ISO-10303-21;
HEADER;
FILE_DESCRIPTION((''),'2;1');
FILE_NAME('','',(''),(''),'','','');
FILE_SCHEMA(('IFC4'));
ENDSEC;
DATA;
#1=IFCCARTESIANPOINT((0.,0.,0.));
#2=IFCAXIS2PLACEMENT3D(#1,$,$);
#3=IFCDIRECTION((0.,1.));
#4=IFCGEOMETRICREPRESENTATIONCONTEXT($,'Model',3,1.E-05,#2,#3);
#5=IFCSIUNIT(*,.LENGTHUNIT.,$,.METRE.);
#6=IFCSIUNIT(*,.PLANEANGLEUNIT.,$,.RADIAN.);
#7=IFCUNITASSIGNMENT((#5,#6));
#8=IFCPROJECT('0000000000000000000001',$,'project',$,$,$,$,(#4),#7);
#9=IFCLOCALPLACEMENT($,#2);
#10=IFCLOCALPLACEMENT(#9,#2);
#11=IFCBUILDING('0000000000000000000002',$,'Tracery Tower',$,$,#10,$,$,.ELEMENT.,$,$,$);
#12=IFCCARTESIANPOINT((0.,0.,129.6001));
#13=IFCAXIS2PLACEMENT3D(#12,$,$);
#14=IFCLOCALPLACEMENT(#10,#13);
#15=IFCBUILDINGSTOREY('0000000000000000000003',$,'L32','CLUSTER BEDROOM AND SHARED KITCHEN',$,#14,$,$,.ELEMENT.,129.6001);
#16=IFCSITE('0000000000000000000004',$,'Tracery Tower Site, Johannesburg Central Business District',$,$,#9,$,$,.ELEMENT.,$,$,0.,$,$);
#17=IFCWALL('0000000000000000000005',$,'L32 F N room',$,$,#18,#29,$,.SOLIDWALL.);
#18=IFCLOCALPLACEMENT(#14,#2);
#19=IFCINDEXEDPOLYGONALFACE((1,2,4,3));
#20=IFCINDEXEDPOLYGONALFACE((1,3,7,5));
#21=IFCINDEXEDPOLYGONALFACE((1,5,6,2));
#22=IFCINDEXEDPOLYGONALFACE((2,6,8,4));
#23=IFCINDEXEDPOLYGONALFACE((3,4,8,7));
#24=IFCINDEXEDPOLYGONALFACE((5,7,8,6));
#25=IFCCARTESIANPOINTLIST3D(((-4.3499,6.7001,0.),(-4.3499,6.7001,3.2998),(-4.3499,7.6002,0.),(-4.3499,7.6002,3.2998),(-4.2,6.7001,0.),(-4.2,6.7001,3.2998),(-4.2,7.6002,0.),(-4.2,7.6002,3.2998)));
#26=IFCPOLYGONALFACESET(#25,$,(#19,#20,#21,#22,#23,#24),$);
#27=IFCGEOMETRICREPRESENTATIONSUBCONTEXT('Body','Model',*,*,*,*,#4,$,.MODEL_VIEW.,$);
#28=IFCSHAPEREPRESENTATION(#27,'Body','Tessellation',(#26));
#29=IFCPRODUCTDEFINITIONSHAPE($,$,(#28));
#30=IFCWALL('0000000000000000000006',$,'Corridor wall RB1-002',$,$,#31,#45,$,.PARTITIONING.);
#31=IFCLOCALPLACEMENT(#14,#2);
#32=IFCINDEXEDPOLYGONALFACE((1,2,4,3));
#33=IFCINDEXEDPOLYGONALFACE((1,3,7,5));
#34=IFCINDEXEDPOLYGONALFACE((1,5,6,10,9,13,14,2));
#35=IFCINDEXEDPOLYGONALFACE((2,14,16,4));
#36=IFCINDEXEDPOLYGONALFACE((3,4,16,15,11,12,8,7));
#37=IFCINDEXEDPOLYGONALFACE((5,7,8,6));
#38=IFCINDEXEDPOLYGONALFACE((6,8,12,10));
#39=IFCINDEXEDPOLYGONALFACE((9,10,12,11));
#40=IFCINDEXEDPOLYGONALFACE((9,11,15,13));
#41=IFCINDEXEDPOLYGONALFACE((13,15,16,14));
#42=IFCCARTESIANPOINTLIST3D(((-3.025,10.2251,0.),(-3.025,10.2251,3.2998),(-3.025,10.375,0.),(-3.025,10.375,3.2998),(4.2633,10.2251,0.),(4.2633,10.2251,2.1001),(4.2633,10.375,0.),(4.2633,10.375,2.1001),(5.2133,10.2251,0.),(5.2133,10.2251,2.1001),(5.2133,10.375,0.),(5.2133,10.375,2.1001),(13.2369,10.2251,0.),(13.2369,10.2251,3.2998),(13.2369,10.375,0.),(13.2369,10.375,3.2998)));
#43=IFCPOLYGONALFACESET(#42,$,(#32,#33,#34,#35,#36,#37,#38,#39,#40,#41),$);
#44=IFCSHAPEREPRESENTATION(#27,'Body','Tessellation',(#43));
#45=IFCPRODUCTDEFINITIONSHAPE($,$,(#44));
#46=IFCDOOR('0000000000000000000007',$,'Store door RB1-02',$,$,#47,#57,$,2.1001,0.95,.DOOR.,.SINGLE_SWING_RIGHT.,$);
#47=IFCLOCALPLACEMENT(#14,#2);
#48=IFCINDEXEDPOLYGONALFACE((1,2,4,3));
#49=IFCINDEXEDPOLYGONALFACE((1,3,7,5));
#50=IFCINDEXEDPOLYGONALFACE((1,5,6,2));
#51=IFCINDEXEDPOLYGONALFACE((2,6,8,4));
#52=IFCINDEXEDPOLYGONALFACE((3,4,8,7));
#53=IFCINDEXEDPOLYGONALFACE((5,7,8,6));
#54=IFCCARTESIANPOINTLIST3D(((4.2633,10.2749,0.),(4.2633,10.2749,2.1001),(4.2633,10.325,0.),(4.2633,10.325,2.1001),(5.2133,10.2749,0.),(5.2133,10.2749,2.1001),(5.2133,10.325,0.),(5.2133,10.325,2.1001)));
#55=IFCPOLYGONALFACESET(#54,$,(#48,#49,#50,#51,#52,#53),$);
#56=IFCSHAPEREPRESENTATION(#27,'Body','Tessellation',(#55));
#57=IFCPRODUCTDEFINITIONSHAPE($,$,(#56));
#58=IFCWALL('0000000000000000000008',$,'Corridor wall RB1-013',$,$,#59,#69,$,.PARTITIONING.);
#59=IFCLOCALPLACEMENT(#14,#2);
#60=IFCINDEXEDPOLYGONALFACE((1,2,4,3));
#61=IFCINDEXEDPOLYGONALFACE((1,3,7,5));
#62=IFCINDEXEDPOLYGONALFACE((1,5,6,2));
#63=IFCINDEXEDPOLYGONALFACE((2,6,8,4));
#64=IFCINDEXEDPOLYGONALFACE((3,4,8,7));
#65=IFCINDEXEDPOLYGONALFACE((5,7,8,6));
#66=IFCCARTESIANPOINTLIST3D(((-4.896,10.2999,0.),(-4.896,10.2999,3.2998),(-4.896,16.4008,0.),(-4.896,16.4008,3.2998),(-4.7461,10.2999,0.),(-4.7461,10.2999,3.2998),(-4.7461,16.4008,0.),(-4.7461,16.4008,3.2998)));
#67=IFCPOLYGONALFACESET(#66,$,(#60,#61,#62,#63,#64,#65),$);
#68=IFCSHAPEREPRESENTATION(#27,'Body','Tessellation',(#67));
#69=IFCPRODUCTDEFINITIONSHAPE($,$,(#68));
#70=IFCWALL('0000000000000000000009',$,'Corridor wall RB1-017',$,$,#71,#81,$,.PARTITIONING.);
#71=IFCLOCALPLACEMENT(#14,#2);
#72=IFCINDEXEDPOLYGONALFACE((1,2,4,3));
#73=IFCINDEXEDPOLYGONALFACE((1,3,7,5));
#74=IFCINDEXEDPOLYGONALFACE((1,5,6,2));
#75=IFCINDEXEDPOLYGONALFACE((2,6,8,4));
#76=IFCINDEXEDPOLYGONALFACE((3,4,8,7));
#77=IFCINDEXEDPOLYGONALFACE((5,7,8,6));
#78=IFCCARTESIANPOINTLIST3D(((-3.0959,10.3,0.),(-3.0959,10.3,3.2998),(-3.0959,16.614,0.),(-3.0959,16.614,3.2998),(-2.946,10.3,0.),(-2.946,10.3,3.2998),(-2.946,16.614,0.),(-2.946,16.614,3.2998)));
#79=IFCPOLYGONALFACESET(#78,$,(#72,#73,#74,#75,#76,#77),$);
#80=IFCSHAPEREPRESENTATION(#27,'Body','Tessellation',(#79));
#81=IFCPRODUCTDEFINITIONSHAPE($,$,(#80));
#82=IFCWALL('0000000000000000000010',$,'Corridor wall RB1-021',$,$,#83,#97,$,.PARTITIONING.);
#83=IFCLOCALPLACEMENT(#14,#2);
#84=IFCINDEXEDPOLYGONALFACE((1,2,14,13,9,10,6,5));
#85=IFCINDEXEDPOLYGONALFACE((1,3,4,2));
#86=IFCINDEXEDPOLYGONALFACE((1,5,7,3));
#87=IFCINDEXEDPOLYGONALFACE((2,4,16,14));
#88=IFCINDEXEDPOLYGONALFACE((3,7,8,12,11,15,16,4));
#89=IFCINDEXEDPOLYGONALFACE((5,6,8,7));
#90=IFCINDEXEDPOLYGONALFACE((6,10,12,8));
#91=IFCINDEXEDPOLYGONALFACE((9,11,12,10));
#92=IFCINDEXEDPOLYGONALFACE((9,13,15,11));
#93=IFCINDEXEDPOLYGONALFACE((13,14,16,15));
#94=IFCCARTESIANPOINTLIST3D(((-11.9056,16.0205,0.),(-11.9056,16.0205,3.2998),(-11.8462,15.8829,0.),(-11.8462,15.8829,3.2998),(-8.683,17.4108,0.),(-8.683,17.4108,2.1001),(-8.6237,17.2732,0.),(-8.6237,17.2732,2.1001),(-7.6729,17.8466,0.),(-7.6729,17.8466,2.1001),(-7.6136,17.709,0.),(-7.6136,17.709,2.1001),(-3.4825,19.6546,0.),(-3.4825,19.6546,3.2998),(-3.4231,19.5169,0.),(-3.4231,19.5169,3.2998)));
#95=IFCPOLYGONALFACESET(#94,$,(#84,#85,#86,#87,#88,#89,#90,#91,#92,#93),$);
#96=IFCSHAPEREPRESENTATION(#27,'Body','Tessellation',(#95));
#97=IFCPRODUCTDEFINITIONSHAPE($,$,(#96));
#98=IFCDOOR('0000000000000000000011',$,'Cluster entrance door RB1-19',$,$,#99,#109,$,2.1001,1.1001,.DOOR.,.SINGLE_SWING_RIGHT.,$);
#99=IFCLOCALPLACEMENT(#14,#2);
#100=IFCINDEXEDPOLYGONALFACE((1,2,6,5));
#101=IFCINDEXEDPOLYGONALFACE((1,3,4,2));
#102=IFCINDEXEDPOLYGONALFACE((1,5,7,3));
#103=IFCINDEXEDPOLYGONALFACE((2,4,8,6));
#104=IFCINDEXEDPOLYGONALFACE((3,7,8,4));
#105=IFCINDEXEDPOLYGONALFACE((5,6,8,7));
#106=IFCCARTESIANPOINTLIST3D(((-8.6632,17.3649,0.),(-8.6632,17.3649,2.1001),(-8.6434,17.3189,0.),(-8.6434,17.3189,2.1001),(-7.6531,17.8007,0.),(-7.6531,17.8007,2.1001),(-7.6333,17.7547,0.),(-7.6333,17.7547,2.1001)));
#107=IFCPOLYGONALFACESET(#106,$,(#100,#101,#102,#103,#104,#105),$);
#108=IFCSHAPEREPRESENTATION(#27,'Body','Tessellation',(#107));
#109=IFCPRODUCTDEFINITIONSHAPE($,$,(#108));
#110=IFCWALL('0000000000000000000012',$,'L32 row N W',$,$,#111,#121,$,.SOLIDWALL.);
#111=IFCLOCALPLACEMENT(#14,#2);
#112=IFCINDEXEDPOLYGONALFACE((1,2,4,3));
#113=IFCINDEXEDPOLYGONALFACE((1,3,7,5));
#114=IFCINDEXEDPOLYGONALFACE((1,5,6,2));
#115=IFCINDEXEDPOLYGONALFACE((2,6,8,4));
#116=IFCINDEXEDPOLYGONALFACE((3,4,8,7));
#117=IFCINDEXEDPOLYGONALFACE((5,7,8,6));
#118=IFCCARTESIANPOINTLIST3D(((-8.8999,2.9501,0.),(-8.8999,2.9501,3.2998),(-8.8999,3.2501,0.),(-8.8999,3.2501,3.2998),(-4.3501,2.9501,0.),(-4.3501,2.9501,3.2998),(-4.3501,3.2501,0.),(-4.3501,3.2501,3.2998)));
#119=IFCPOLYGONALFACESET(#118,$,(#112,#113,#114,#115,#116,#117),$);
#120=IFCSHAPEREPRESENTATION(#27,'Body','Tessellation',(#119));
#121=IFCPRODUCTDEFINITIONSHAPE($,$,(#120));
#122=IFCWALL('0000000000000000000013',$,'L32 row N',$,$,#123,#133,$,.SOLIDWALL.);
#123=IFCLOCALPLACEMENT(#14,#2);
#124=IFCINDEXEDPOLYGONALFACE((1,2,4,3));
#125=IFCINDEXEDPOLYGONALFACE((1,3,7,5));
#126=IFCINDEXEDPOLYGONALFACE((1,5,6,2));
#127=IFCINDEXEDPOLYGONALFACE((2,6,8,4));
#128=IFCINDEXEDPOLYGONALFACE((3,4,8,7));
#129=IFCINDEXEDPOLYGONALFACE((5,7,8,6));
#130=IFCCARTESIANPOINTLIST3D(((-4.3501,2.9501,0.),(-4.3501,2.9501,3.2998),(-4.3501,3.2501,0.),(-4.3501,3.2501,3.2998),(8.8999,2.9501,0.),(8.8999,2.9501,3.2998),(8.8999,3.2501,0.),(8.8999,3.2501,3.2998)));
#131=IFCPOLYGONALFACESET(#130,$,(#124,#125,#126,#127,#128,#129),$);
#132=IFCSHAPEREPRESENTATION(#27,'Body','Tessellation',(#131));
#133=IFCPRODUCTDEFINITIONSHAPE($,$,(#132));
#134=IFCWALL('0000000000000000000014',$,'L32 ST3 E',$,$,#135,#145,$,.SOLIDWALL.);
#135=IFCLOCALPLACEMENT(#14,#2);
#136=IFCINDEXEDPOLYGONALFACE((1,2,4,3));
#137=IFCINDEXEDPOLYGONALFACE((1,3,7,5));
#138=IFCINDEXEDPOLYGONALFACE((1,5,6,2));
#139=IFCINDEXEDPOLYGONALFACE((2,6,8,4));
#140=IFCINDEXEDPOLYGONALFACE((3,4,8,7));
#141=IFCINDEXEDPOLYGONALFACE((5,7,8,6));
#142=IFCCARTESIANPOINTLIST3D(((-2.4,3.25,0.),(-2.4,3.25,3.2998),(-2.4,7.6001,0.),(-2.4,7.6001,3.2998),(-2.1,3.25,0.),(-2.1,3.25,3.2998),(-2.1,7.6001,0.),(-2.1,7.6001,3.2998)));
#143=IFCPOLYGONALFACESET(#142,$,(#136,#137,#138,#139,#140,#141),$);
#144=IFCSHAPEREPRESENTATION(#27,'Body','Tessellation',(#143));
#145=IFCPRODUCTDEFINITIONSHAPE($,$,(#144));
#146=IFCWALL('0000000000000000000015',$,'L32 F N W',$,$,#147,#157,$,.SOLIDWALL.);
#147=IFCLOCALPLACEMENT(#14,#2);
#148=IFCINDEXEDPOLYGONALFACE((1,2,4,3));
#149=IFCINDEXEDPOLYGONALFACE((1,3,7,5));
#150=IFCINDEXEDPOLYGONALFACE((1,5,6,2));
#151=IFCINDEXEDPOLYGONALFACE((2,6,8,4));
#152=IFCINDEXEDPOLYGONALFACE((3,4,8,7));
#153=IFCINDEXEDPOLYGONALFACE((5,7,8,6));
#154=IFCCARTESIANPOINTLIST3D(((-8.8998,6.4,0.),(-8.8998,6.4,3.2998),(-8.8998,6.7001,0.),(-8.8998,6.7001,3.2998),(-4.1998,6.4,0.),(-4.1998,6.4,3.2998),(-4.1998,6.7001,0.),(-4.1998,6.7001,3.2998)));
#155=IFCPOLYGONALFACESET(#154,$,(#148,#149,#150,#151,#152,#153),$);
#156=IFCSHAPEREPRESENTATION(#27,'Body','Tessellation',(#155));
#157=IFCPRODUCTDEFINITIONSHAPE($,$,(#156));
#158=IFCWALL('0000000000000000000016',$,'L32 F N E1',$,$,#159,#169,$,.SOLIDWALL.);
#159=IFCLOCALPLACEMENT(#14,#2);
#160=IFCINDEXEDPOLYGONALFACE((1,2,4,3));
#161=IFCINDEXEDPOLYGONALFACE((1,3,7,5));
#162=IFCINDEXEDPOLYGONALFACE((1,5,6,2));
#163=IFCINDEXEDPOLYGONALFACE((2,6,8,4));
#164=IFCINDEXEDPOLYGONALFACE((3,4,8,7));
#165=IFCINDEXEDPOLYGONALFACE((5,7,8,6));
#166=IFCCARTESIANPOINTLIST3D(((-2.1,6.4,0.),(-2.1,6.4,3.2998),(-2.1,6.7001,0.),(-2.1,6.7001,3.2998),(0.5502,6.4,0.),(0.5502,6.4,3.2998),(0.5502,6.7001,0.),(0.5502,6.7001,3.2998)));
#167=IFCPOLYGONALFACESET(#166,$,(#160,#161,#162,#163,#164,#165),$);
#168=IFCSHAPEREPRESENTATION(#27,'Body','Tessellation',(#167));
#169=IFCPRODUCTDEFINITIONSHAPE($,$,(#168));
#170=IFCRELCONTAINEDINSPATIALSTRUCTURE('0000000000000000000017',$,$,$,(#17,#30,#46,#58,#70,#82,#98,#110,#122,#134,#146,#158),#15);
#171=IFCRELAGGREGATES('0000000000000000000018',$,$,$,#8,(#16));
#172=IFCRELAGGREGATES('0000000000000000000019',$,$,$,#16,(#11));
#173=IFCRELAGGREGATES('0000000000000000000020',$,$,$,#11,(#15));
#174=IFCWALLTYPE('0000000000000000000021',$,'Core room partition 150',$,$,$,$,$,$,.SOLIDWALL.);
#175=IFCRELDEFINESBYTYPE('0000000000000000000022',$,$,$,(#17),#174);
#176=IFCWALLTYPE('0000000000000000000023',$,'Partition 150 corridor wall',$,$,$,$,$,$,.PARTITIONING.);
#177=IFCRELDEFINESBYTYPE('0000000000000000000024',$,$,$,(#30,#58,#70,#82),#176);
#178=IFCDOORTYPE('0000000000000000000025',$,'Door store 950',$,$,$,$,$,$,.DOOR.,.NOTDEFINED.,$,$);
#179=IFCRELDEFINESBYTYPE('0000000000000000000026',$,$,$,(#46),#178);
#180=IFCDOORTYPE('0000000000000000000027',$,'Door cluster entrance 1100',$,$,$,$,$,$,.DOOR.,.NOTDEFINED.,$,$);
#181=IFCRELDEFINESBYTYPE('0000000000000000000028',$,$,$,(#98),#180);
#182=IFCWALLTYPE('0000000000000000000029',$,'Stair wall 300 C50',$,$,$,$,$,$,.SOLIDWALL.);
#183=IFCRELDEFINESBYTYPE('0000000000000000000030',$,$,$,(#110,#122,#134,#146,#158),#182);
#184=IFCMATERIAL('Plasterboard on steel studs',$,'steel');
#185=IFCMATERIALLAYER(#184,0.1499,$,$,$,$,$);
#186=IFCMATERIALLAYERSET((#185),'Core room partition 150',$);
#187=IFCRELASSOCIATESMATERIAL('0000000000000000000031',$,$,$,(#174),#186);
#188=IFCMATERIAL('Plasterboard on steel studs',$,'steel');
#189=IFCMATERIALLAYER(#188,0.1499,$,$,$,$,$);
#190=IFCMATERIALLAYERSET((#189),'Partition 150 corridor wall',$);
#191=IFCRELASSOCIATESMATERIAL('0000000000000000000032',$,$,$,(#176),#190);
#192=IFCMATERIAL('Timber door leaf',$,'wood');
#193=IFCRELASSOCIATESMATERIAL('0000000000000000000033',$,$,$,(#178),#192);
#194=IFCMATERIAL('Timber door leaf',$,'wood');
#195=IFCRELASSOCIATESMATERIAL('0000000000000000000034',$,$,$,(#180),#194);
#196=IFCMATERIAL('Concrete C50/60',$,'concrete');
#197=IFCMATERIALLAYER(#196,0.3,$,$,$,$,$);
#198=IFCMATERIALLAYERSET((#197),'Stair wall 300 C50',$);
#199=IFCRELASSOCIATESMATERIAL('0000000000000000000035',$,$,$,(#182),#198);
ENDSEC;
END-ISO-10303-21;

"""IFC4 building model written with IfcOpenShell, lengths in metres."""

from ifc_helpers import new_model, si_unit, direction, frame, frame_2d, origin, place, context, subcontext, project, spatial, rectangle, extrude, material, layer, layer_set, type_object, element, fill, save


model = new_model("IFC4")

# Units and contexts
model_context = context("Model", 3, precision=1e-05, world=origin(), true_north=direction((0.0, 1.0)))
body_context = subcontext(model_context, "Body", "Model", "MODEL_VIEW")
ifc_project = project(units=[si_unit("LENGTHUNIT", "METRE"), si_unit("PLANEANGLEUNIT", "RADIAN")], contexts=[model_context])

# Site, building, storey
site_placement = place(None, origin())
site = spatial("IfcSite", under=ifc_project, at=site_placement, Name="Tracery Tower Site, Johannesburg Central Business District", CompositionType="ELEMENT", RefElevation=0.0)
building_placement = place(site_placement, origin())
building = spatial("IfcBuilding", under=site, at=building_placement, Name="Tracery Tower", CompositionType="ELEMENT")
storey_placement = place(building_placement, frame((0.0, 0.0, 129.6001)))
storey = spatial("IfcBuildingStorey", under=building, at=storey_placement, Name="L32", Description="CLUSTER BEDROOM AND SHARED KITCHEN", CompositionType="ELEMENT", Elevation=129.6001)

# Wall
ifc_material_1 = material(Name="Plasterboard on steel studs", Category="steel")
ifc_layer_1 = layer(ifc_material_1, 0.1499)
ifc_layer_set_1 = layer_set([ifc_layer_1], Name="Core room partition 150")
wall_type_1 = type_object("IfcWallType", Name="Core room partition 150", PredefinedType="SOLIDWALL", material=ifc_layer_set_1)
wall_1_placement = place(storey_placement, frame((-4.2749, 6.7, 0.0), z_axis=(0.0, 0.0, 1.0), x_axis=(0.0, 1.0, 0.0)))
element("IfcWall", 1, at=wall_1_placement, inside=storey, type_object=wall_type_1, Name="L32 F N room", PredefinedType="SOLIDWALL", context=body_context, shape_type="SweptSolid", body=[
    extrude(rectangle(XDim=0.9001, YDim=0.1499, at=frame_2d((0.4502, 0.0))), origin(), (0.0, 0.0, 1.0), 3.2998),
])

# Wall, opening, door
ifc_material_2 = material(Name="Plasterboard on steel studs", Category="steel")
ifc_layer_2 = layer(ifc_material_2, 0.1499)
ifc_layer_set_2 = layer_set([ifc_layer_2], Name="Partition 150 corridor wall")
wall_type_2 = type_object("IfcWallType", Name="Partition 150 corridor wall", PredefinedType="PARTITIONING", material=ifc_layer_set_2)
wall_2_placement = place(storey_placement, frame((-3.0249, 10.3, 0.0), z_axis=(0.0, 0.0, 1.0), x_axis=(1.0, 0.0, 0.0)))
wall_2 = element("IfcWall", 2, at=wall_2_placement, inside=storey, type_object=wall_type_2, Name="Corridor wall RB1-002", PredefinedType="PARTITIONING", context=body_context, shape_type="SweptSolid", body=[
    extrude(rectangle(XDim=16.262, YDim=0.1499, at=frame_2d((8.1309, 0.0))), origin(), (0.0, 0.0, 1.0), 3.2998),
])
opening_1_placement = place(wall_2_placement, frame((7.2881, 0.0, 0.0)))
opening_1 = element("IfcOpeningElement", 3, at=opening_1_placement, cuts=wall_2, PredefinedType="OPENING", context=body_context, shape_type="SweptSolid", body=[
    extrude(rectangle(XDim=0.95, YDim=2.1001, at=frame_2d((0.4751, 1.05))), frame((0.0, 0.075, 0.0), z_axis=(0.0, -1.0, 0.0), x_axis=(1.0, 0.0, 0.0)), (0.0, 0.0, 1.0), 0.1499),
])
ifc_material_3 = material(Name="Timber door leaf", Category="wood")
door_type_1 = type_object("IfcDoorType", Name="Door store 950", OperationType="NOTDEFINED", PredefinedType="DOOR", material=ifc_material_3)
door_1_placement = place(opening_1_placement, origin())
door_1 = element("IfcDoor", 4, at=door_1_placement, inside=storey, type_object=door_type_1, Name="Store door RB1-02", OperationType="SINGLE_SWING_RIGHT", OverallHeight=2.1001, OverallWidth=0.95, PredefinedType="DOOR", context=body_context, shape_type="SweptSolid", body=[
    extrude(rectangle(XDim=0.95, YDim=2.1001, at=frame_2d((0.4751, 1.05))), frame((0.0, 0.0249, 0.0), z_axis=(0.0, -1.0, 0.0), x_axis=(1.0, 0.0, 0.0)), (0.0, 0.0, 1.0), 0.05),
])
fill(opening_1, door_1)

# Walls
wall_3_placement = place(storey_placement, frame((-4.821, 10.3, 0.0), z_axis=(0.0, 0.0, 1.0), x_axis=(0.0, 1.0, 0.0)))
element("IfcWall", 5, at=wall_3_placement, inside=storey, type_object=wall_type_2, Name="Corridor wall RB1-013", PredefinedType="PARTITIONING", context=body_context, shape_type="SweptSolid", body=[
    extrude(rectangle(XDim=6.1008, YDim=0.1499, at=frame_2d((3.0503, 0.0))), origin(), (0.0, 0.0, 1.0), 3.2998),
])
wall_4_placement = place(storey_placement, frame((-3.021, 10.3, 0.0), z_axis=(0.0, 0.0, 1.0), x_axis=(0.0, 1.0, 0.0)))
element("IfcWall", 6, at=wall_4_placement, inside=storey, type_object=wall_type_2, Name="Corridor wall RB1-017", PredefinedType="PARTITIONING", context=body_context, shape_type="SweptSolid", body=[
    extrude(rectangle(XDim=6.314, YDim=0.1499, at=frame_2d((3.157, 0.0))), origin(), (0.0, 0.0, 1.0), 3.2998),
])

# Wall, opening, door
wall_5_placement = place(storey_placement, frame((-11.876, 15.9517, 0.0), z_axis=(0.0, 0.0, 1.0), x_axis=(0.91819, 0.396141, 0.0)))
wall_5 = element("IfcWall", 7, at=wall_5_placement, inside=storey, type_object=wall_type_2, Name="Corridor wall RB1-021", PredefinedType="PARTITIONING", context=body_context, shape_type="SweptSolid", body=[
    extrude(rectangle(XDim=9.1736, YDim=0.1499, at=frame_2d((4.5869, 0.0))), origin(), (0.0, 0.0, 1.0), 3.2998),
])
opening_2_placement = place(wall_5_placement, frame((3.5098, 0.0, 0.0)))
opening_2 = element("IfcOpeningElement", 8, at=opening_2_placement, cuts=wall_5, PredefinedType="OPENING", context=body_context, shape_type="SweptSolid", body=[
    extrude(rectangle(XDim=1.1001, YDim=2.1001, at=frame_2d((0.55, 1.05))), frame((0.0, 0.075, 0.0), z_axis=(0.0, -1.0, 0.0), x_axis=(1.0, 0.0, 0.0)), (0.0, 0.0, 1.0), 0.1499),
])
ifc_material_4 = material(Name="Timber door leaf", Category="wood")
door_type_2 = type_object("IfcDoorType", Name="Door cluster entrance 1100", OperationType="NOTDEFINED", PredefinedType="DOOR", material=ifc_material_4)
door_2_placement = place(opening_2_placement, origin())
door_2 = element("IfcDoor", 9, at=door_2_placement, inside=storey, type_object=door_type_2, Name="Cluster entrance door RB1-19", OperationType="SINGLE_SWING_RIGHT", OverallHeight=2.1001, OverallWidth=1.1001, PredefinedType="DOOR", context=body_context, shape_type="SweptSolid", body=[
    extrude(rectangle(XDim=1.1001, YDim=2.1001, at=frame_2d((0.55, 1.05))), frame((0.0, 0.0249, 0.0), z_axis=(0.0, -1.0, 0.0), x_axis=(1.0, 0.0, 0.0)), (0.0, 0.0, 1.0), 0.05),
])
fill(opening_2, door_2)

# Walls
ifc_material_5 = material(Name="Concrete C50/60", Category="concrete")
ifc_layer_3 = layer(ifc_material_5, 0.3)
ifc_layer_set_3 = layer_set([ifc_layer_3], Name="Stair wall 300 C50")
wall_type_3 = type_object("IfcWallType", Name="Stair wall 300 C50", PredefinedType="SOLIDWALL", material=ifc_layer_set_3)
wall_6_placement = place(storey_placement, frame((-8.8999, 3.1001, 0.0), z_axis=(0.0, 0.0, 1.0), x_axis=(1.0, 0.0, 0.0)))
element("IfcWall", 10, at=wall_6_placement, inside=storey, type_object=wall_type_3, Name="L32 row N W", PredefinedType="SOLIDWALL", context=body_context, shape_type="SweptSolid", body=[
    extrude(rectangle(XDim=4.5498, YDim=0.3, at=frame_2d((2.2749, 0.0))), origin(), (0.0, 0.0, 1.0), 3.2998),
])
wall_7_placement = place(storey_placement, frame((-4.3501, 3.1001, 0.0), z_axis=(0.0, 0.0, 1.0), x_axis=(1.0, 0.0, 0.0)))
element("IfcWall", 11, at=wall_7_placement, inside=storey, type_object=wall_type_3, Name="L32 row N", PredefinedType="SOLIDWALL", context=body_context, shape_type="SweptSolid", body=[
    extrude(rectangle(XDim=13.25, YDim=0.3, at=frame_2d((6.625, 0.0))), origin(), (0.0, 0.0, 1.0), 3.2998),
])
wall_8_placement = place(storey_placement, frame((-2.25, 3.25, 0.0), z_axis=(0.0, 0.0, 1.0), x_axis=(0.0, 1.0, 0.0)))
element("IfcWall", 12, at=wall_8_placement, inside=storey, type_object=wall_type_3, Name="L32 ST3 E", PredefinedType="SOLIDWALL", context=body_context, shape_type="SweptSolid", body=[
    extrude(rectangle(XDim=4.3501, YDim=0.3, at=frame_2d((2.175, 0.0))), origin(), (0.0, 0.0, 1.0), 3.2998),
])
wall_9_placement = place(storey_placement, frame((-8.8999, 6.55, 0.0), z_axis=(0.0, 0.0, 1.0), x_axis=(1.0, 0.0, 0.0)))
element("IfcWall", 13, at=wall_9_placement, inside=storey, type_object=wall_type_3, Name="L32 F N W", PredefinedType="SOLIDWALL", context=body_context, shape_type="SweptSolid", body=[
    extrude(rectangle(XDim=4.7, YDim=0.3, at=frame_2d((2.3501, 0.0))), origin(), (0.0, 0.0, 1.0), 3.2998),
])

# Wall
wall_10_placement = place(storey_placement, frame((-2.1001, 6.55, 0.0), z_axis=(0.0, 0.0, 1.0), x_axis=(1.0, 0.0, 0.0)))
element("IfcWall", 14, at=wall_10_placement, inside=storey, type_object=wall_type_3, Name="L32 F N E1", PredefinedType="SOLIDWALL", context=body_context, shape_type="SweptSolid", body=[
    extrude(rectangle(XDim=2.6501, YDim=0.3, at=frame_2d((1.3252, 0.0))), origin(), (0.0, 0.0, 1.0), 3.2998),
])

save(model, "model.ifc")
